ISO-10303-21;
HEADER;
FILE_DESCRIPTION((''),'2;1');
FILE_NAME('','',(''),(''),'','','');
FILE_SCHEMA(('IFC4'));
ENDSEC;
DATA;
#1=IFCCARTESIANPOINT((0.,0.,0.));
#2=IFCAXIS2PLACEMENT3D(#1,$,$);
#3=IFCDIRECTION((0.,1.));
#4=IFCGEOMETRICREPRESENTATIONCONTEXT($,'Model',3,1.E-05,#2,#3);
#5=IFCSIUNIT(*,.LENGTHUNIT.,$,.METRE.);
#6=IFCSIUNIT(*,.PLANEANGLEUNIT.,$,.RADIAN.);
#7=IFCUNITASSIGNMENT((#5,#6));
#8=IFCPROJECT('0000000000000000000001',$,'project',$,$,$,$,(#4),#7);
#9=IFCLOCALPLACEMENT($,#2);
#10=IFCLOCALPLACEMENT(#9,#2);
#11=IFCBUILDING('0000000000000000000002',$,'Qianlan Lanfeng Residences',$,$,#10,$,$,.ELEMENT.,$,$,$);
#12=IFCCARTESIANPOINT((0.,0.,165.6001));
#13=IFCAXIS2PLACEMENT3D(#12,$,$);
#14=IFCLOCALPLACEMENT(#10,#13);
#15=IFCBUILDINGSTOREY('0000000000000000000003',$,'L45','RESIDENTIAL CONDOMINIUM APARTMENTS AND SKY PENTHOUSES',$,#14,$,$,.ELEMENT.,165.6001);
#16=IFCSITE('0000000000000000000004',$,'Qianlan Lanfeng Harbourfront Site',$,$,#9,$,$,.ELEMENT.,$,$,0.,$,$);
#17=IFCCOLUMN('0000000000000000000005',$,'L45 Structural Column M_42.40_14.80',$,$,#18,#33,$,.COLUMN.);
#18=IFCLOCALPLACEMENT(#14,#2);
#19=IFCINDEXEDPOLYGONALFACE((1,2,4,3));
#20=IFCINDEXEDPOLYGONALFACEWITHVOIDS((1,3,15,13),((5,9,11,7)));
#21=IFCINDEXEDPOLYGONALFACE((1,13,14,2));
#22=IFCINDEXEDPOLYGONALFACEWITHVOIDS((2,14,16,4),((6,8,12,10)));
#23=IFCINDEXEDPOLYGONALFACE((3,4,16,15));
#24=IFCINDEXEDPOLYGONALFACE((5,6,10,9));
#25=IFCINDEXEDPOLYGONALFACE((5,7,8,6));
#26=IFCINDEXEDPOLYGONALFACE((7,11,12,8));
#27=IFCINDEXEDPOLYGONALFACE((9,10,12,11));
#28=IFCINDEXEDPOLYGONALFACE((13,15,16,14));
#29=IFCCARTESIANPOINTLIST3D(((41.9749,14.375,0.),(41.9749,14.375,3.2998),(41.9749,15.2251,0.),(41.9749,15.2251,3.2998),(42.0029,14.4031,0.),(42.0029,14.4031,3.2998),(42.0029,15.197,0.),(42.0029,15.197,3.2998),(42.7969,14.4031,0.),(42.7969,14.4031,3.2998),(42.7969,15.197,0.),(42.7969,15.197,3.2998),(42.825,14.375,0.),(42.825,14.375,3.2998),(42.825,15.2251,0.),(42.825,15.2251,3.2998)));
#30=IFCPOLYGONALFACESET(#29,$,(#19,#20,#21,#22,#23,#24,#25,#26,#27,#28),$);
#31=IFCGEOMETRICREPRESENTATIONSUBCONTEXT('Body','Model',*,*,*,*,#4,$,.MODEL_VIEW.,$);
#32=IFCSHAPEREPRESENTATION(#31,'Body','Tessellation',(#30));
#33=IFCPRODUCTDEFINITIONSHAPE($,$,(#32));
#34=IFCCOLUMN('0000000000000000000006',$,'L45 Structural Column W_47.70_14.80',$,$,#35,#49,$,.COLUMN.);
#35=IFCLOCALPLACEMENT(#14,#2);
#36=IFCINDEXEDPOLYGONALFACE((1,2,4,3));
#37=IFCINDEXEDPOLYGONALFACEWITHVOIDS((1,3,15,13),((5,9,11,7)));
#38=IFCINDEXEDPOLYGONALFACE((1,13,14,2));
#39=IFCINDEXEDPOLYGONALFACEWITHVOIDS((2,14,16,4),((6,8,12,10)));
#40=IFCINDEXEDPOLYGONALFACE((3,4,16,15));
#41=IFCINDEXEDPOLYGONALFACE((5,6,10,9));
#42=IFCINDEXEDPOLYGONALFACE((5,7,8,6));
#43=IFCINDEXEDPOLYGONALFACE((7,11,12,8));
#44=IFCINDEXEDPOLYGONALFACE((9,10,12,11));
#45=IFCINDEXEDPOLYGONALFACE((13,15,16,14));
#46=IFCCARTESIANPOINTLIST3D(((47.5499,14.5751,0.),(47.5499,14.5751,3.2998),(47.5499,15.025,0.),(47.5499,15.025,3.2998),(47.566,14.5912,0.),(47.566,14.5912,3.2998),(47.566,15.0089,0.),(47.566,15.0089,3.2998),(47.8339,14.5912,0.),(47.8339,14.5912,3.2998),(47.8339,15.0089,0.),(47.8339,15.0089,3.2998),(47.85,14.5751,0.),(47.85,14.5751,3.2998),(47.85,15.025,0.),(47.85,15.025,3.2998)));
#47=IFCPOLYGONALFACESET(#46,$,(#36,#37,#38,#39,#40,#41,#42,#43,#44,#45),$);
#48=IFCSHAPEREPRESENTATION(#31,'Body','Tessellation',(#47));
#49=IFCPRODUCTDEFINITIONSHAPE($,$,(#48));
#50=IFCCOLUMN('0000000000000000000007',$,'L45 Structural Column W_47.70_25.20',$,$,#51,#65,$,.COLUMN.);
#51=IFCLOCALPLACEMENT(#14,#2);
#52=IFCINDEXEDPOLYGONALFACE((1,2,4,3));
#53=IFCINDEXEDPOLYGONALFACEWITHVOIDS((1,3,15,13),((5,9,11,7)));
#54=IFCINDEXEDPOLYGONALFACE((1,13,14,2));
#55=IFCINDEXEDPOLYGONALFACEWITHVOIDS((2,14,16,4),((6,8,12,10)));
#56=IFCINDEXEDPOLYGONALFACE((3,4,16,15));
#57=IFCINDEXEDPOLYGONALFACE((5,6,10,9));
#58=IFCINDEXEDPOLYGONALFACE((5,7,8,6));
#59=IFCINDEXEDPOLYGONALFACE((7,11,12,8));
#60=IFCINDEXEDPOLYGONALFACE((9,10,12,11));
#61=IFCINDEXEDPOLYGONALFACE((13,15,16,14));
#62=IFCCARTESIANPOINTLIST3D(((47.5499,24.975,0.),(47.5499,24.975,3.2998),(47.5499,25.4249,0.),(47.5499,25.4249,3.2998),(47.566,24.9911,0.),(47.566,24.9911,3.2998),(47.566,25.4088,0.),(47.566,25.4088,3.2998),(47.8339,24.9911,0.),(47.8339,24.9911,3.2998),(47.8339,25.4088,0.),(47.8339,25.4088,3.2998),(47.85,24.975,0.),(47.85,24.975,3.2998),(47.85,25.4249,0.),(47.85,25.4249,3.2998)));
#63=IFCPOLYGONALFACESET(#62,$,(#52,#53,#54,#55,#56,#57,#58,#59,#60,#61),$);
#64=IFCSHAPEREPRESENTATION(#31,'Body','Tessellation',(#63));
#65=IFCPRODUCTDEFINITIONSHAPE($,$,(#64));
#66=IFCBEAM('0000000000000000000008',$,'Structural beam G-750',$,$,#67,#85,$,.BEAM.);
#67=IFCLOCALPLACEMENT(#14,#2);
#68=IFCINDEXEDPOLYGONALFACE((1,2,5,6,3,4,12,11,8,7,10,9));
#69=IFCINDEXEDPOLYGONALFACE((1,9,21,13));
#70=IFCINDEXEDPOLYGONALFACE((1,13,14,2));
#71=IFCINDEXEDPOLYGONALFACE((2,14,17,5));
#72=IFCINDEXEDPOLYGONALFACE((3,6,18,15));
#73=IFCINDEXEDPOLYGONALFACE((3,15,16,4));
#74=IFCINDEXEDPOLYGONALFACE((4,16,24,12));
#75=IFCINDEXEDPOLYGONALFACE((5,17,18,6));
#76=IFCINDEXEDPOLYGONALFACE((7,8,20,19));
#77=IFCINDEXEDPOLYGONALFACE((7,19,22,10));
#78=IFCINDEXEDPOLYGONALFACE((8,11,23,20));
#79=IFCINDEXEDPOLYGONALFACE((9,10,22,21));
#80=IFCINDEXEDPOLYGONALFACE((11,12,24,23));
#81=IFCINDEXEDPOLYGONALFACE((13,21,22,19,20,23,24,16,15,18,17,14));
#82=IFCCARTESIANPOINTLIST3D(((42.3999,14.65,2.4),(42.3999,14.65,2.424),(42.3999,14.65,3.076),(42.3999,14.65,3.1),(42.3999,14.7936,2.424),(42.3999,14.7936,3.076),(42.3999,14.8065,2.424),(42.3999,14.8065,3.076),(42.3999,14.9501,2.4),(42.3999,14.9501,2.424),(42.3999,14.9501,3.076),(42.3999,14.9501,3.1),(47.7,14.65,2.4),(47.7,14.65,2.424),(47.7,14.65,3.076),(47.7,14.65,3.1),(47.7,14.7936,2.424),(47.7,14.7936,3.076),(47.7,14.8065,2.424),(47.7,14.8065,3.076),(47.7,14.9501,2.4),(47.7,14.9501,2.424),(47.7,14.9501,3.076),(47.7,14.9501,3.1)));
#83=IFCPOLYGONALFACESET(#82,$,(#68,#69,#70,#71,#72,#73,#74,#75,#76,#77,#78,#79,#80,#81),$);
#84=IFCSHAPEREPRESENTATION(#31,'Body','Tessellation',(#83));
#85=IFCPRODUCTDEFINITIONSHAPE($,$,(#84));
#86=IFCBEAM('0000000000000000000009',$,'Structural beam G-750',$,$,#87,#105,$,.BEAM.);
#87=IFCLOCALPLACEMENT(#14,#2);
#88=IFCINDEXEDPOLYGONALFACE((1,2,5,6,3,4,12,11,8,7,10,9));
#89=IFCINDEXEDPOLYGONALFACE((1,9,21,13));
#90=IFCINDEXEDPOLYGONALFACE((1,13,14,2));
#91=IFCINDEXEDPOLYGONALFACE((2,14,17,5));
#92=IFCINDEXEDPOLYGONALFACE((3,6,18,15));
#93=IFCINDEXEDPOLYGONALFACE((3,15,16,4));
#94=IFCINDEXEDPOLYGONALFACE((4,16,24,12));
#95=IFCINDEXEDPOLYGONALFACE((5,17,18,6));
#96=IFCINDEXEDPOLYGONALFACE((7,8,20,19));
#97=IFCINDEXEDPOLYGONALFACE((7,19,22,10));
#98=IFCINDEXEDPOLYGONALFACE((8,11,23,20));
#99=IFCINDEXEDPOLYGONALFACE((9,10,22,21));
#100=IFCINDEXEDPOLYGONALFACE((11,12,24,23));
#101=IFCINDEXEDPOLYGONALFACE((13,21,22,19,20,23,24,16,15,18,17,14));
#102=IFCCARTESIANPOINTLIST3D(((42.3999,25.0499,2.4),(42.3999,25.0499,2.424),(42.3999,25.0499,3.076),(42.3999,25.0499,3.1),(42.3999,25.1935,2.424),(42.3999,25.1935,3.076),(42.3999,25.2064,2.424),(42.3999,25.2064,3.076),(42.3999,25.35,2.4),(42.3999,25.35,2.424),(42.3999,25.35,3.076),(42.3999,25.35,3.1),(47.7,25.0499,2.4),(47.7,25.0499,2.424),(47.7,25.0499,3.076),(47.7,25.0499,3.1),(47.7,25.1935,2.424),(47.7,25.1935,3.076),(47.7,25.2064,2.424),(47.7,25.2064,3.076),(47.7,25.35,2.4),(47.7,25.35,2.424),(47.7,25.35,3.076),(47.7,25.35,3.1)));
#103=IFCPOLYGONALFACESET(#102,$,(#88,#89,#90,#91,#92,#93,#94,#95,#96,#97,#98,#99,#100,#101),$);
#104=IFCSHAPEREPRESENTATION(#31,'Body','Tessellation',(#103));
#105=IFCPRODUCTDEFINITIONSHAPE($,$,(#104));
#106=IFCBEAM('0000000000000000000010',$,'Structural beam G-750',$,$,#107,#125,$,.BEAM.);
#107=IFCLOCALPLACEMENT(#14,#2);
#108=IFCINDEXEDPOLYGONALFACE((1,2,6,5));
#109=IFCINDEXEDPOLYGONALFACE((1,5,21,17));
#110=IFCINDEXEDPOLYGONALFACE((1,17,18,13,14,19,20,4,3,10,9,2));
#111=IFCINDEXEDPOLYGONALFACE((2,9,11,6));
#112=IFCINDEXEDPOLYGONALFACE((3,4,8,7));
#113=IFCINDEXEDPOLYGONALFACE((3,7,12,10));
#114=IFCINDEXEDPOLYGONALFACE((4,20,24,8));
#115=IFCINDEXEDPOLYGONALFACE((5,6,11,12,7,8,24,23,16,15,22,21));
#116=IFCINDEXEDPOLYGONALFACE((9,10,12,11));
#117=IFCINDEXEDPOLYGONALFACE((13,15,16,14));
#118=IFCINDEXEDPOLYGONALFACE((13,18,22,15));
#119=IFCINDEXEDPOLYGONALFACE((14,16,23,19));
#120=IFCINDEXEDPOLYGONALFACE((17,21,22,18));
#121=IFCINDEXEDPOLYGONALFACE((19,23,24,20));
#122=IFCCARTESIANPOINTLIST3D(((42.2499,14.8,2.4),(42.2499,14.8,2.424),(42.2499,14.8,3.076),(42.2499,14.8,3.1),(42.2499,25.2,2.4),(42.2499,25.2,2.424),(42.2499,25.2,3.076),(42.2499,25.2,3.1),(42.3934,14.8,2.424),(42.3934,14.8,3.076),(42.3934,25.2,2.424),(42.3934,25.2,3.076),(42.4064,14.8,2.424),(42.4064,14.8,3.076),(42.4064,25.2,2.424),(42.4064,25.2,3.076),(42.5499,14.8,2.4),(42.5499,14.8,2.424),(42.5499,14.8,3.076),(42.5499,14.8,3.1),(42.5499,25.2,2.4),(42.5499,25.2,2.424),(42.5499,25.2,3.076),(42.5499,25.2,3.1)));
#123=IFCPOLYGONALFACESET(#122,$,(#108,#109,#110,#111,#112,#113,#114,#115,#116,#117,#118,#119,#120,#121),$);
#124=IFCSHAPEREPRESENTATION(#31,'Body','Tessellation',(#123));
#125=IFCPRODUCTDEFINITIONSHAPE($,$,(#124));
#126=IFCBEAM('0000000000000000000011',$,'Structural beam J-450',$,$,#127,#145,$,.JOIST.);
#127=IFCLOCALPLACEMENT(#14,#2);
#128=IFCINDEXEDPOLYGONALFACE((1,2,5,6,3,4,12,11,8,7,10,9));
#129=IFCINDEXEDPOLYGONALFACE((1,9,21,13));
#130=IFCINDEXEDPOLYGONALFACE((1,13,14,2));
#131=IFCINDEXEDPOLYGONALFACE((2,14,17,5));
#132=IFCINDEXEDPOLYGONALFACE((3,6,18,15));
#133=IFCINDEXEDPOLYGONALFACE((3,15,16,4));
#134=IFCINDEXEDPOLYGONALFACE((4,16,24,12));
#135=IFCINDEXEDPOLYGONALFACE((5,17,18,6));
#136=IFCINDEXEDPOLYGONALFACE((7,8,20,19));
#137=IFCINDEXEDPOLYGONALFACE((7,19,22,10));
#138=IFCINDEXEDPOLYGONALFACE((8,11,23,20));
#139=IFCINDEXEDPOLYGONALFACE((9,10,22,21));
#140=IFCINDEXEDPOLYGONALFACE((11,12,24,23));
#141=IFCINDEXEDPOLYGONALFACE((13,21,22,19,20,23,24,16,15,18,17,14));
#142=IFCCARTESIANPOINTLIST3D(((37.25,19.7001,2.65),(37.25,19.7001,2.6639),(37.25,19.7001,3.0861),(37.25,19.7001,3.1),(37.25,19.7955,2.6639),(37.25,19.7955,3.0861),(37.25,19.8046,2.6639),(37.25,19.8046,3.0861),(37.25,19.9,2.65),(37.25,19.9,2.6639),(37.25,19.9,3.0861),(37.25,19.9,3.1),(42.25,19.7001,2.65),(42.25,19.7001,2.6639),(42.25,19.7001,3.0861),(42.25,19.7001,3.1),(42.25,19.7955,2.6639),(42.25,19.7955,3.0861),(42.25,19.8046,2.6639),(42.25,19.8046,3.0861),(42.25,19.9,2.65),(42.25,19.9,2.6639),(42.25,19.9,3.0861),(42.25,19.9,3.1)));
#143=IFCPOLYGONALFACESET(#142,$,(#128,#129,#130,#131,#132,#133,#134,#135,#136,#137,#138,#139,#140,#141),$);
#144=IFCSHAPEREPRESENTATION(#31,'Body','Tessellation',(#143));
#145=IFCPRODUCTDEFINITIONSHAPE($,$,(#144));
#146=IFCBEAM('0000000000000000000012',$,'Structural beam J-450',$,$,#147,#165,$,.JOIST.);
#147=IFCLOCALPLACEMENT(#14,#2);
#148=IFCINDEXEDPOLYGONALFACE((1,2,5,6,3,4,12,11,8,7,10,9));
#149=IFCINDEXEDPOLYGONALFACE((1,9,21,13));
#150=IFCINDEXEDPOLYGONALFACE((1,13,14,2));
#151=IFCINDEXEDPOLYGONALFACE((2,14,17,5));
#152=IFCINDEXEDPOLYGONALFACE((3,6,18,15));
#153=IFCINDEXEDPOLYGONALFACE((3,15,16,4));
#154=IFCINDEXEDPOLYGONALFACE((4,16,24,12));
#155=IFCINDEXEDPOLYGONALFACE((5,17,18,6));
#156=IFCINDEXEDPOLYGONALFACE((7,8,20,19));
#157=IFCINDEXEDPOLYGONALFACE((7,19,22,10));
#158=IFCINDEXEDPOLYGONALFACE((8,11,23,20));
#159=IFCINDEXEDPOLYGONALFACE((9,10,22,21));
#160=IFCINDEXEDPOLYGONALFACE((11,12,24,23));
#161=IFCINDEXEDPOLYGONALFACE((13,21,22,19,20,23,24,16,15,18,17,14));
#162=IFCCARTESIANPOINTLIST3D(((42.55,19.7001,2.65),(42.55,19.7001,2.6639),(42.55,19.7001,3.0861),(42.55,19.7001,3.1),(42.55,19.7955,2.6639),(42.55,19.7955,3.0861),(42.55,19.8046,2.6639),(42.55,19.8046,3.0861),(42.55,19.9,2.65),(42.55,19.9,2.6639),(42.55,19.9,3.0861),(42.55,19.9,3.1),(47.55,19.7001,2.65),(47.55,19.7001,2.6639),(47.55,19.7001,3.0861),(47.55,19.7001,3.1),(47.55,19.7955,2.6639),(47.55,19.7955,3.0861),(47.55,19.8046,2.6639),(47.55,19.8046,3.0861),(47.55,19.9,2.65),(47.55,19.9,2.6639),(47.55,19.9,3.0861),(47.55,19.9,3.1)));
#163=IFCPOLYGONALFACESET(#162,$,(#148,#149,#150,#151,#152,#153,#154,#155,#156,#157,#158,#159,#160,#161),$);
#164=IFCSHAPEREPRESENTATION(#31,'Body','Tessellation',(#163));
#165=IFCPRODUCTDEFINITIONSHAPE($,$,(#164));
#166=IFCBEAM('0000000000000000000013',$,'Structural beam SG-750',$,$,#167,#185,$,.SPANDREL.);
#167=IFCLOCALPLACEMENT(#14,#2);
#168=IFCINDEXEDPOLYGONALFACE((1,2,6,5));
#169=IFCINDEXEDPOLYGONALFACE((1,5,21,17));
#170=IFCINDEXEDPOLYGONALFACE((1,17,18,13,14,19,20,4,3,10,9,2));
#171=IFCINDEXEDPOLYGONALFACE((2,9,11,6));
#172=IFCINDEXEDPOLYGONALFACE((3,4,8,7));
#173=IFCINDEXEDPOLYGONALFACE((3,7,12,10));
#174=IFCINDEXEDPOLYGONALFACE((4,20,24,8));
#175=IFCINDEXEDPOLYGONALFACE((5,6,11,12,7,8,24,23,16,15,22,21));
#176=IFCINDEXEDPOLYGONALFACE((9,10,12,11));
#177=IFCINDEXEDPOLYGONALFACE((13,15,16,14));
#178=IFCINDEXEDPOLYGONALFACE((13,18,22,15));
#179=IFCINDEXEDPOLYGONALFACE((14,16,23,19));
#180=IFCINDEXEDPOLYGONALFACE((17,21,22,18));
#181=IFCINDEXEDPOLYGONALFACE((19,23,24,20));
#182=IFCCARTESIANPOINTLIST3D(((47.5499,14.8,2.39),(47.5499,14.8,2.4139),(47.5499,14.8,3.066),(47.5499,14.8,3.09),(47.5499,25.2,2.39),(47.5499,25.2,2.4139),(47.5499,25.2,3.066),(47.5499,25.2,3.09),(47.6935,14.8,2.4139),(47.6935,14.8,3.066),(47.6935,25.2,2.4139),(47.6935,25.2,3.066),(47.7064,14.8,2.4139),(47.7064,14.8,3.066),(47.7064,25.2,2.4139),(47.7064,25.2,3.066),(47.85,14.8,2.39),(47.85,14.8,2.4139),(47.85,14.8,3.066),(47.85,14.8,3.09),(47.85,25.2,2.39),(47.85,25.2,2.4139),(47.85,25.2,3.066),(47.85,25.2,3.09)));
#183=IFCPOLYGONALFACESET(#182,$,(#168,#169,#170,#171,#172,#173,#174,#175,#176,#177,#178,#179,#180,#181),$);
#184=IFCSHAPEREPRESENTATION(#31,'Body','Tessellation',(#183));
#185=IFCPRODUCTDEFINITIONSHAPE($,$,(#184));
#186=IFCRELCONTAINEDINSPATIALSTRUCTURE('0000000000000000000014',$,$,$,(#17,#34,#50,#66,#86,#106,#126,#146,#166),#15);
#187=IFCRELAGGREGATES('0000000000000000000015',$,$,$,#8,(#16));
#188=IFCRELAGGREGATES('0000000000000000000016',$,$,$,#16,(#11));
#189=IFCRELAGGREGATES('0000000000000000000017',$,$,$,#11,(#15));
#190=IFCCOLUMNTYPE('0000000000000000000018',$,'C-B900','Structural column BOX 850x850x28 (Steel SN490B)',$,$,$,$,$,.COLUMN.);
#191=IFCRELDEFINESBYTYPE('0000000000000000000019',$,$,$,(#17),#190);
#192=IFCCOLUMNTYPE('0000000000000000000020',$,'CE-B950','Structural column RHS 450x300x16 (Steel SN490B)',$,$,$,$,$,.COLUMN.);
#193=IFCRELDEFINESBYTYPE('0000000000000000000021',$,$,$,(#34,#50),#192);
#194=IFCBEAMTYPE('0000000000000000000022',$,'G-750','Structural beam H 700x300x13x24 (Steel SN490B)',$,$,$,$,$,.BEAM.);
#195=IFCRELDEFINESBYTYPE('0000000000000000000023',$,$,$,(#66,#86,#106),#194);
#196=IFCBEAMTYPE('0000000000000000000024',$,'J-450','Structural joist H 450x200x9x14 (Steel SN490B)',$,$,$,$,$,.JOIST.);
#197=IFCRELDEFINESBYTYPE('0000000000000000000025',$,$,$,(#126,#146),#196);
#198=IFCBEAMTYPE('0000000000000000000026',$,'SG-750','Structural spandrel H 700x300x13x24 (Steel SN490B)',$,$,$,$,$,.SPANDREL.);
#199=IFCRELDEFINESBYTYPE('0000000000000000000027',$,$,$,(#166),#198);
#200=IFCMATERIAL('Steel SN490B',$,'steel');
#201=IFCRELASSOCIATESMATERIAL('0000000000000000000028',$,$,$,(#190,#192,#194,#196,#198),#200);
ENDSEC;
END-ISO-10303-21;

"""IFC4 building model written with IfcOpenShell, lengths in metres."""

from ifc_helpers import new_model, si_unit, direction, frame, origin, origin_2d, place, context, subcontext, project, spatial, hollow_rectangle, i_section, extrude, material, material_profile, profile_set, type_object, element, save


model = new_model("IFC4")

# Units and contexts
model_context = context("Model", 3, precision=1e-05, world=origin(), true_north=direction((0.0, 1.0)))
body_context = subcontext(model_context, "Body", "Model", "MODEL_VIEW")
ifc_project = project(units=[si_unit("LENGTHUNIT", "METRE"), si_unit("PLANEANGLEUNIT", "RADIAN")], contexts=[model_context])

# Site, building, storey
site_placement = place(None, origin())
site = spatial("IfcSite", under=ifc_project, at=site_placement, Name="Qianlan Lanfeng Harbourfront Site", CompositionType="ELEMENT", RefElevation=0.0)
building_placement = place(site_placement, origin())
building = spatial("IfcBuilding", under=site, at=building_placement, Name="Qianlan Lanfeng Residences", CompositionType="ELEMENT")
storey_placement = place(building_placement, frame((0.0, 0.0, 165.6001)))
storey = spatial("IfcBuildingStorey", under=building, at=storey_placement, Name="L45", Description="RESIDENTIAL CONDOMINIUM APARTMENTS AND SKY PENTHOUSES", CompositionType="ELEMENT", Elevation=165.6001)

# Columns
ifc_material_1 = material(Name="Steel SN490B", Category="steel")
ifc_material_profile_1 = material_profile(ifc_material_1, hollow_rectangle(XDim=0.8501, YDim=0.8501, WallThickness=0.0281, at=origin_2d()), Name="BOX 850x850x28")
ifc_profile_set_1 = profile_set([ifc_material_profile_1], Name="Steel SN490B")
column_type_1 = type_object("IfcColumnType", Name="C-B900", Description="Structural column BOX 850x850x28 (Steel SN490B)", PredefinedType="COLUMN", material=ifc_profile_set_1)
column_placement = place(storey_placement, frame((42.3999, 14.8, 0.0), z_axis=(0.0, 0.0, 1.0), x_axis=(1.0, 0.0, 0.0)))
element("IfcColumn", 1, at=column_placement, inside=storey, type_object=column_type_1, Name="L45 Structural Column M_42.40_14.80", PredefinedType="COLUMN", context=body_context, shape_type="SweptSolid", body=[
    extrude(hollow_rectangle(XDim=0.8501, YDim=0.8501, WallThickness=0.0281, at=origin_2d()), origin(), (0.0, 0.0, 1.0), 3.2998),
])
ifc_material_profile_2 = material_profile(ifc_material_1, hollow_rectangle(XDim=0.3, YDim=0.45, WallThickness=0.0161, at=origin_2d()), Name="RHS 450x300x16")
ifc_profile_set_2 = profile_set([ifc_material_profile_2], Name="Steel SN490B")
column_type_2 = type_object("IfcColumnType", Name="CE-B950", Description="Structural column RHS 450x300x16 (Steel SN490B)", PredefinedType="COLUMN", material=ifc_profile_set_2)
for number, where, z_axis, x_axis, name in (
    (2, (47.7, 14.8, 0.0), (0.0, 0.0, 1.0), (1.0, 0.0, 0.0), "L45 Structural Column W_47.70_14.80"),
    (3, (47.7, 25.2, 0.0), (0.0, 0.0, 1.0), (1.0, 0.0, 0.0), "L45 Structural Column W_47.70_25.20"),
):
    element("IfcColumn", number, at=place(storey_placement, frame(where, z_axis=z_axis, x_axis=x_axis)), inside=storey, type_object=column_type_2, Name=name, PredefinedType="COLUMN", context=body_context, shape_type="SweptSolid", body=[
        extrude(hollow_rectangle(XDim=0.3, YDim=0.45, WallThickness=0.0161, at=origin_2d()), origin(), (0.0, 0.0, 1.0), 3.2998),
    ])

# Beams
ifc_material_profile_3 = material_profile(ifc_material_1, i_section(OverallWidth=0.3, OverallDepth=0.7, WebThickness=0.0129, FlangeThickness=0.0239, at=origin_2d()), Name="H 700x300x13x24")
ifc_profile_set_3 = profile_set([ifc_material_profile_3], Name="Steel SN490B")
beam_type_1 = type_object("IfcBeamType", Name="G-750", Description="Structural beam H 700x300x13x24 (Steel SN490B)", PredefinedType="BEAM", material=ifc_profile_set_3)
for number, where, z_axis, x_axis, name in (
    (4, (42.3999, 14.8, 2.75), (1.0, 0.0, 0.0), (0.0, 1.0, 0.0), "Structural beam G-750"),
    (5, (42.3999, 25.2, 2.75), (1.0, 0.0, 0.0), (0.0, 1.0, 0.0), "Structural beam G-750"),
):
    element("IfcBeam", number, at=place(storey_placement, frame(where, z_axis=z_axis, x_axis=x_axis)), inside=storey, type_object=beam_type_1, Name=name, PredefinedType="BEAM", context=body_context, shape_type="SweptSolid", body=[
        extrude(i_section(OverallWidth=0.3, OverallDepth=0.7, WebThickness=0.0129, FlangeThickness=0.0239, at=origin_2d()), origin(), (0.0, 0.0, 1.0), 5.3),
    ])
beam_1_placement = place(storey_placement, frame((42.3999, 14.8, 2.75), z_axis=(0.0, 1.0, 0.0), x_axis=(-1.0, 0.0, 0.0)))
element("IfcBeam", 6, at=beam_1_placement, inside=storey, type_object=beam_type_1, Name="Structural beam G-750", PredefinedType="BEAM", context=body_context, shape_type="SweptSolid", body=[
    extrude(i_section(OverallWidth=0.3, OverallDepth=0.7, WebThickness=0.0129, FlangeThickness=0.0239, at=origin_2d()), origin(), (0.0, 0.0, 1.0), 10.3999),
])
ifc_material_profile_4 = material_profile(ifc_material_1, i_section(OverallWidth=0.2, OverallDepth=0.45, WebThickness=0.009, FlangeThickness=0.0139, at=origin_2d()), Name="H 450x200x9x14")
ifc_profile_set_4 = profile_set([ifc_material_profile_4], Name="Steel SN490B")
beam_type_2 = type_object("IfcBeamType", Name="J-450", Description="Structural joist H 450x200x9x14 (Steel SN490B)", PredefinedType="JOIST", material=ifc_profile_set_4)
for number, where, z_axis, x_axis, name in (
    (7, (37.25, 19.8, 2.875), (1.0, 0.0, 0.0), (0.0, 1.0, 0.0), "Structural beam J-450"),
    (8, (42.55, 19.8, 2.875), (1.0, 0.0, 0.0), (0.0, 1.0, 0.0), "Structural beam J-450"),
):
    element("IfcBeam", number, at=place(storey_placement, frame(where, z_axis=z_axis, x_axis=x_axis)), inside=storey, type_object=beam_type_2, Name=name, PredefinedType="JOIST", context=body_context, shape_type="SweptSolid", body=[
        extrude(i_section(OverallWidth=0.2, OverallDepth=0.45, WebThickness=0.009, FlangeThickness=0.0139, at=origin_2d()), origin(), (0.0, 0.0, 1.0), 5.0),
    ])
ifc_material_profile_5 = material_profile(ifc_material_1, i_section(OverallWidth=0.3, OverallDepth=0.7, WebThickness=0.0129, FlangeThickness=0.0239, at=origin_2d()), Name="H 700x300x13x24")
ifc_profile_set_5 = profile_set([ifc_material_profile_5], Name="Steel SN490B")
beam_type_3 = type_object("IfcBeamType", Name="SG-750", Description="Structural spandrel H 700x300x13x24 (Steel SN490B)", PredefinedType="SPANDREL", material=ifc_profile_set_5)
beam_2_placement = place(storey_placement, frame((47.7, 14.8, 2.74), z_axis=(0.0, 1.0, 0.0), x_axis=(-1.0, 0.0, 0.0)))
element("IfcBeam", 9, at=beam_2_placement, inside=storey, type_object=beam_type_3, Name="Structural beam SG-750", PredefinedType="SPANDREL", context=body_context, shape_type="SweptSolid", body=[
    extrude(i_section(OverallWidth=0.3, OverallDepth=0.7, WebThickness=0.0129, FlangeThickness=0.0239, at=origin_2d()), origin(), (0.0, 0.0, 1.0), 10.3999),
])

save(model, "model.ifc")
